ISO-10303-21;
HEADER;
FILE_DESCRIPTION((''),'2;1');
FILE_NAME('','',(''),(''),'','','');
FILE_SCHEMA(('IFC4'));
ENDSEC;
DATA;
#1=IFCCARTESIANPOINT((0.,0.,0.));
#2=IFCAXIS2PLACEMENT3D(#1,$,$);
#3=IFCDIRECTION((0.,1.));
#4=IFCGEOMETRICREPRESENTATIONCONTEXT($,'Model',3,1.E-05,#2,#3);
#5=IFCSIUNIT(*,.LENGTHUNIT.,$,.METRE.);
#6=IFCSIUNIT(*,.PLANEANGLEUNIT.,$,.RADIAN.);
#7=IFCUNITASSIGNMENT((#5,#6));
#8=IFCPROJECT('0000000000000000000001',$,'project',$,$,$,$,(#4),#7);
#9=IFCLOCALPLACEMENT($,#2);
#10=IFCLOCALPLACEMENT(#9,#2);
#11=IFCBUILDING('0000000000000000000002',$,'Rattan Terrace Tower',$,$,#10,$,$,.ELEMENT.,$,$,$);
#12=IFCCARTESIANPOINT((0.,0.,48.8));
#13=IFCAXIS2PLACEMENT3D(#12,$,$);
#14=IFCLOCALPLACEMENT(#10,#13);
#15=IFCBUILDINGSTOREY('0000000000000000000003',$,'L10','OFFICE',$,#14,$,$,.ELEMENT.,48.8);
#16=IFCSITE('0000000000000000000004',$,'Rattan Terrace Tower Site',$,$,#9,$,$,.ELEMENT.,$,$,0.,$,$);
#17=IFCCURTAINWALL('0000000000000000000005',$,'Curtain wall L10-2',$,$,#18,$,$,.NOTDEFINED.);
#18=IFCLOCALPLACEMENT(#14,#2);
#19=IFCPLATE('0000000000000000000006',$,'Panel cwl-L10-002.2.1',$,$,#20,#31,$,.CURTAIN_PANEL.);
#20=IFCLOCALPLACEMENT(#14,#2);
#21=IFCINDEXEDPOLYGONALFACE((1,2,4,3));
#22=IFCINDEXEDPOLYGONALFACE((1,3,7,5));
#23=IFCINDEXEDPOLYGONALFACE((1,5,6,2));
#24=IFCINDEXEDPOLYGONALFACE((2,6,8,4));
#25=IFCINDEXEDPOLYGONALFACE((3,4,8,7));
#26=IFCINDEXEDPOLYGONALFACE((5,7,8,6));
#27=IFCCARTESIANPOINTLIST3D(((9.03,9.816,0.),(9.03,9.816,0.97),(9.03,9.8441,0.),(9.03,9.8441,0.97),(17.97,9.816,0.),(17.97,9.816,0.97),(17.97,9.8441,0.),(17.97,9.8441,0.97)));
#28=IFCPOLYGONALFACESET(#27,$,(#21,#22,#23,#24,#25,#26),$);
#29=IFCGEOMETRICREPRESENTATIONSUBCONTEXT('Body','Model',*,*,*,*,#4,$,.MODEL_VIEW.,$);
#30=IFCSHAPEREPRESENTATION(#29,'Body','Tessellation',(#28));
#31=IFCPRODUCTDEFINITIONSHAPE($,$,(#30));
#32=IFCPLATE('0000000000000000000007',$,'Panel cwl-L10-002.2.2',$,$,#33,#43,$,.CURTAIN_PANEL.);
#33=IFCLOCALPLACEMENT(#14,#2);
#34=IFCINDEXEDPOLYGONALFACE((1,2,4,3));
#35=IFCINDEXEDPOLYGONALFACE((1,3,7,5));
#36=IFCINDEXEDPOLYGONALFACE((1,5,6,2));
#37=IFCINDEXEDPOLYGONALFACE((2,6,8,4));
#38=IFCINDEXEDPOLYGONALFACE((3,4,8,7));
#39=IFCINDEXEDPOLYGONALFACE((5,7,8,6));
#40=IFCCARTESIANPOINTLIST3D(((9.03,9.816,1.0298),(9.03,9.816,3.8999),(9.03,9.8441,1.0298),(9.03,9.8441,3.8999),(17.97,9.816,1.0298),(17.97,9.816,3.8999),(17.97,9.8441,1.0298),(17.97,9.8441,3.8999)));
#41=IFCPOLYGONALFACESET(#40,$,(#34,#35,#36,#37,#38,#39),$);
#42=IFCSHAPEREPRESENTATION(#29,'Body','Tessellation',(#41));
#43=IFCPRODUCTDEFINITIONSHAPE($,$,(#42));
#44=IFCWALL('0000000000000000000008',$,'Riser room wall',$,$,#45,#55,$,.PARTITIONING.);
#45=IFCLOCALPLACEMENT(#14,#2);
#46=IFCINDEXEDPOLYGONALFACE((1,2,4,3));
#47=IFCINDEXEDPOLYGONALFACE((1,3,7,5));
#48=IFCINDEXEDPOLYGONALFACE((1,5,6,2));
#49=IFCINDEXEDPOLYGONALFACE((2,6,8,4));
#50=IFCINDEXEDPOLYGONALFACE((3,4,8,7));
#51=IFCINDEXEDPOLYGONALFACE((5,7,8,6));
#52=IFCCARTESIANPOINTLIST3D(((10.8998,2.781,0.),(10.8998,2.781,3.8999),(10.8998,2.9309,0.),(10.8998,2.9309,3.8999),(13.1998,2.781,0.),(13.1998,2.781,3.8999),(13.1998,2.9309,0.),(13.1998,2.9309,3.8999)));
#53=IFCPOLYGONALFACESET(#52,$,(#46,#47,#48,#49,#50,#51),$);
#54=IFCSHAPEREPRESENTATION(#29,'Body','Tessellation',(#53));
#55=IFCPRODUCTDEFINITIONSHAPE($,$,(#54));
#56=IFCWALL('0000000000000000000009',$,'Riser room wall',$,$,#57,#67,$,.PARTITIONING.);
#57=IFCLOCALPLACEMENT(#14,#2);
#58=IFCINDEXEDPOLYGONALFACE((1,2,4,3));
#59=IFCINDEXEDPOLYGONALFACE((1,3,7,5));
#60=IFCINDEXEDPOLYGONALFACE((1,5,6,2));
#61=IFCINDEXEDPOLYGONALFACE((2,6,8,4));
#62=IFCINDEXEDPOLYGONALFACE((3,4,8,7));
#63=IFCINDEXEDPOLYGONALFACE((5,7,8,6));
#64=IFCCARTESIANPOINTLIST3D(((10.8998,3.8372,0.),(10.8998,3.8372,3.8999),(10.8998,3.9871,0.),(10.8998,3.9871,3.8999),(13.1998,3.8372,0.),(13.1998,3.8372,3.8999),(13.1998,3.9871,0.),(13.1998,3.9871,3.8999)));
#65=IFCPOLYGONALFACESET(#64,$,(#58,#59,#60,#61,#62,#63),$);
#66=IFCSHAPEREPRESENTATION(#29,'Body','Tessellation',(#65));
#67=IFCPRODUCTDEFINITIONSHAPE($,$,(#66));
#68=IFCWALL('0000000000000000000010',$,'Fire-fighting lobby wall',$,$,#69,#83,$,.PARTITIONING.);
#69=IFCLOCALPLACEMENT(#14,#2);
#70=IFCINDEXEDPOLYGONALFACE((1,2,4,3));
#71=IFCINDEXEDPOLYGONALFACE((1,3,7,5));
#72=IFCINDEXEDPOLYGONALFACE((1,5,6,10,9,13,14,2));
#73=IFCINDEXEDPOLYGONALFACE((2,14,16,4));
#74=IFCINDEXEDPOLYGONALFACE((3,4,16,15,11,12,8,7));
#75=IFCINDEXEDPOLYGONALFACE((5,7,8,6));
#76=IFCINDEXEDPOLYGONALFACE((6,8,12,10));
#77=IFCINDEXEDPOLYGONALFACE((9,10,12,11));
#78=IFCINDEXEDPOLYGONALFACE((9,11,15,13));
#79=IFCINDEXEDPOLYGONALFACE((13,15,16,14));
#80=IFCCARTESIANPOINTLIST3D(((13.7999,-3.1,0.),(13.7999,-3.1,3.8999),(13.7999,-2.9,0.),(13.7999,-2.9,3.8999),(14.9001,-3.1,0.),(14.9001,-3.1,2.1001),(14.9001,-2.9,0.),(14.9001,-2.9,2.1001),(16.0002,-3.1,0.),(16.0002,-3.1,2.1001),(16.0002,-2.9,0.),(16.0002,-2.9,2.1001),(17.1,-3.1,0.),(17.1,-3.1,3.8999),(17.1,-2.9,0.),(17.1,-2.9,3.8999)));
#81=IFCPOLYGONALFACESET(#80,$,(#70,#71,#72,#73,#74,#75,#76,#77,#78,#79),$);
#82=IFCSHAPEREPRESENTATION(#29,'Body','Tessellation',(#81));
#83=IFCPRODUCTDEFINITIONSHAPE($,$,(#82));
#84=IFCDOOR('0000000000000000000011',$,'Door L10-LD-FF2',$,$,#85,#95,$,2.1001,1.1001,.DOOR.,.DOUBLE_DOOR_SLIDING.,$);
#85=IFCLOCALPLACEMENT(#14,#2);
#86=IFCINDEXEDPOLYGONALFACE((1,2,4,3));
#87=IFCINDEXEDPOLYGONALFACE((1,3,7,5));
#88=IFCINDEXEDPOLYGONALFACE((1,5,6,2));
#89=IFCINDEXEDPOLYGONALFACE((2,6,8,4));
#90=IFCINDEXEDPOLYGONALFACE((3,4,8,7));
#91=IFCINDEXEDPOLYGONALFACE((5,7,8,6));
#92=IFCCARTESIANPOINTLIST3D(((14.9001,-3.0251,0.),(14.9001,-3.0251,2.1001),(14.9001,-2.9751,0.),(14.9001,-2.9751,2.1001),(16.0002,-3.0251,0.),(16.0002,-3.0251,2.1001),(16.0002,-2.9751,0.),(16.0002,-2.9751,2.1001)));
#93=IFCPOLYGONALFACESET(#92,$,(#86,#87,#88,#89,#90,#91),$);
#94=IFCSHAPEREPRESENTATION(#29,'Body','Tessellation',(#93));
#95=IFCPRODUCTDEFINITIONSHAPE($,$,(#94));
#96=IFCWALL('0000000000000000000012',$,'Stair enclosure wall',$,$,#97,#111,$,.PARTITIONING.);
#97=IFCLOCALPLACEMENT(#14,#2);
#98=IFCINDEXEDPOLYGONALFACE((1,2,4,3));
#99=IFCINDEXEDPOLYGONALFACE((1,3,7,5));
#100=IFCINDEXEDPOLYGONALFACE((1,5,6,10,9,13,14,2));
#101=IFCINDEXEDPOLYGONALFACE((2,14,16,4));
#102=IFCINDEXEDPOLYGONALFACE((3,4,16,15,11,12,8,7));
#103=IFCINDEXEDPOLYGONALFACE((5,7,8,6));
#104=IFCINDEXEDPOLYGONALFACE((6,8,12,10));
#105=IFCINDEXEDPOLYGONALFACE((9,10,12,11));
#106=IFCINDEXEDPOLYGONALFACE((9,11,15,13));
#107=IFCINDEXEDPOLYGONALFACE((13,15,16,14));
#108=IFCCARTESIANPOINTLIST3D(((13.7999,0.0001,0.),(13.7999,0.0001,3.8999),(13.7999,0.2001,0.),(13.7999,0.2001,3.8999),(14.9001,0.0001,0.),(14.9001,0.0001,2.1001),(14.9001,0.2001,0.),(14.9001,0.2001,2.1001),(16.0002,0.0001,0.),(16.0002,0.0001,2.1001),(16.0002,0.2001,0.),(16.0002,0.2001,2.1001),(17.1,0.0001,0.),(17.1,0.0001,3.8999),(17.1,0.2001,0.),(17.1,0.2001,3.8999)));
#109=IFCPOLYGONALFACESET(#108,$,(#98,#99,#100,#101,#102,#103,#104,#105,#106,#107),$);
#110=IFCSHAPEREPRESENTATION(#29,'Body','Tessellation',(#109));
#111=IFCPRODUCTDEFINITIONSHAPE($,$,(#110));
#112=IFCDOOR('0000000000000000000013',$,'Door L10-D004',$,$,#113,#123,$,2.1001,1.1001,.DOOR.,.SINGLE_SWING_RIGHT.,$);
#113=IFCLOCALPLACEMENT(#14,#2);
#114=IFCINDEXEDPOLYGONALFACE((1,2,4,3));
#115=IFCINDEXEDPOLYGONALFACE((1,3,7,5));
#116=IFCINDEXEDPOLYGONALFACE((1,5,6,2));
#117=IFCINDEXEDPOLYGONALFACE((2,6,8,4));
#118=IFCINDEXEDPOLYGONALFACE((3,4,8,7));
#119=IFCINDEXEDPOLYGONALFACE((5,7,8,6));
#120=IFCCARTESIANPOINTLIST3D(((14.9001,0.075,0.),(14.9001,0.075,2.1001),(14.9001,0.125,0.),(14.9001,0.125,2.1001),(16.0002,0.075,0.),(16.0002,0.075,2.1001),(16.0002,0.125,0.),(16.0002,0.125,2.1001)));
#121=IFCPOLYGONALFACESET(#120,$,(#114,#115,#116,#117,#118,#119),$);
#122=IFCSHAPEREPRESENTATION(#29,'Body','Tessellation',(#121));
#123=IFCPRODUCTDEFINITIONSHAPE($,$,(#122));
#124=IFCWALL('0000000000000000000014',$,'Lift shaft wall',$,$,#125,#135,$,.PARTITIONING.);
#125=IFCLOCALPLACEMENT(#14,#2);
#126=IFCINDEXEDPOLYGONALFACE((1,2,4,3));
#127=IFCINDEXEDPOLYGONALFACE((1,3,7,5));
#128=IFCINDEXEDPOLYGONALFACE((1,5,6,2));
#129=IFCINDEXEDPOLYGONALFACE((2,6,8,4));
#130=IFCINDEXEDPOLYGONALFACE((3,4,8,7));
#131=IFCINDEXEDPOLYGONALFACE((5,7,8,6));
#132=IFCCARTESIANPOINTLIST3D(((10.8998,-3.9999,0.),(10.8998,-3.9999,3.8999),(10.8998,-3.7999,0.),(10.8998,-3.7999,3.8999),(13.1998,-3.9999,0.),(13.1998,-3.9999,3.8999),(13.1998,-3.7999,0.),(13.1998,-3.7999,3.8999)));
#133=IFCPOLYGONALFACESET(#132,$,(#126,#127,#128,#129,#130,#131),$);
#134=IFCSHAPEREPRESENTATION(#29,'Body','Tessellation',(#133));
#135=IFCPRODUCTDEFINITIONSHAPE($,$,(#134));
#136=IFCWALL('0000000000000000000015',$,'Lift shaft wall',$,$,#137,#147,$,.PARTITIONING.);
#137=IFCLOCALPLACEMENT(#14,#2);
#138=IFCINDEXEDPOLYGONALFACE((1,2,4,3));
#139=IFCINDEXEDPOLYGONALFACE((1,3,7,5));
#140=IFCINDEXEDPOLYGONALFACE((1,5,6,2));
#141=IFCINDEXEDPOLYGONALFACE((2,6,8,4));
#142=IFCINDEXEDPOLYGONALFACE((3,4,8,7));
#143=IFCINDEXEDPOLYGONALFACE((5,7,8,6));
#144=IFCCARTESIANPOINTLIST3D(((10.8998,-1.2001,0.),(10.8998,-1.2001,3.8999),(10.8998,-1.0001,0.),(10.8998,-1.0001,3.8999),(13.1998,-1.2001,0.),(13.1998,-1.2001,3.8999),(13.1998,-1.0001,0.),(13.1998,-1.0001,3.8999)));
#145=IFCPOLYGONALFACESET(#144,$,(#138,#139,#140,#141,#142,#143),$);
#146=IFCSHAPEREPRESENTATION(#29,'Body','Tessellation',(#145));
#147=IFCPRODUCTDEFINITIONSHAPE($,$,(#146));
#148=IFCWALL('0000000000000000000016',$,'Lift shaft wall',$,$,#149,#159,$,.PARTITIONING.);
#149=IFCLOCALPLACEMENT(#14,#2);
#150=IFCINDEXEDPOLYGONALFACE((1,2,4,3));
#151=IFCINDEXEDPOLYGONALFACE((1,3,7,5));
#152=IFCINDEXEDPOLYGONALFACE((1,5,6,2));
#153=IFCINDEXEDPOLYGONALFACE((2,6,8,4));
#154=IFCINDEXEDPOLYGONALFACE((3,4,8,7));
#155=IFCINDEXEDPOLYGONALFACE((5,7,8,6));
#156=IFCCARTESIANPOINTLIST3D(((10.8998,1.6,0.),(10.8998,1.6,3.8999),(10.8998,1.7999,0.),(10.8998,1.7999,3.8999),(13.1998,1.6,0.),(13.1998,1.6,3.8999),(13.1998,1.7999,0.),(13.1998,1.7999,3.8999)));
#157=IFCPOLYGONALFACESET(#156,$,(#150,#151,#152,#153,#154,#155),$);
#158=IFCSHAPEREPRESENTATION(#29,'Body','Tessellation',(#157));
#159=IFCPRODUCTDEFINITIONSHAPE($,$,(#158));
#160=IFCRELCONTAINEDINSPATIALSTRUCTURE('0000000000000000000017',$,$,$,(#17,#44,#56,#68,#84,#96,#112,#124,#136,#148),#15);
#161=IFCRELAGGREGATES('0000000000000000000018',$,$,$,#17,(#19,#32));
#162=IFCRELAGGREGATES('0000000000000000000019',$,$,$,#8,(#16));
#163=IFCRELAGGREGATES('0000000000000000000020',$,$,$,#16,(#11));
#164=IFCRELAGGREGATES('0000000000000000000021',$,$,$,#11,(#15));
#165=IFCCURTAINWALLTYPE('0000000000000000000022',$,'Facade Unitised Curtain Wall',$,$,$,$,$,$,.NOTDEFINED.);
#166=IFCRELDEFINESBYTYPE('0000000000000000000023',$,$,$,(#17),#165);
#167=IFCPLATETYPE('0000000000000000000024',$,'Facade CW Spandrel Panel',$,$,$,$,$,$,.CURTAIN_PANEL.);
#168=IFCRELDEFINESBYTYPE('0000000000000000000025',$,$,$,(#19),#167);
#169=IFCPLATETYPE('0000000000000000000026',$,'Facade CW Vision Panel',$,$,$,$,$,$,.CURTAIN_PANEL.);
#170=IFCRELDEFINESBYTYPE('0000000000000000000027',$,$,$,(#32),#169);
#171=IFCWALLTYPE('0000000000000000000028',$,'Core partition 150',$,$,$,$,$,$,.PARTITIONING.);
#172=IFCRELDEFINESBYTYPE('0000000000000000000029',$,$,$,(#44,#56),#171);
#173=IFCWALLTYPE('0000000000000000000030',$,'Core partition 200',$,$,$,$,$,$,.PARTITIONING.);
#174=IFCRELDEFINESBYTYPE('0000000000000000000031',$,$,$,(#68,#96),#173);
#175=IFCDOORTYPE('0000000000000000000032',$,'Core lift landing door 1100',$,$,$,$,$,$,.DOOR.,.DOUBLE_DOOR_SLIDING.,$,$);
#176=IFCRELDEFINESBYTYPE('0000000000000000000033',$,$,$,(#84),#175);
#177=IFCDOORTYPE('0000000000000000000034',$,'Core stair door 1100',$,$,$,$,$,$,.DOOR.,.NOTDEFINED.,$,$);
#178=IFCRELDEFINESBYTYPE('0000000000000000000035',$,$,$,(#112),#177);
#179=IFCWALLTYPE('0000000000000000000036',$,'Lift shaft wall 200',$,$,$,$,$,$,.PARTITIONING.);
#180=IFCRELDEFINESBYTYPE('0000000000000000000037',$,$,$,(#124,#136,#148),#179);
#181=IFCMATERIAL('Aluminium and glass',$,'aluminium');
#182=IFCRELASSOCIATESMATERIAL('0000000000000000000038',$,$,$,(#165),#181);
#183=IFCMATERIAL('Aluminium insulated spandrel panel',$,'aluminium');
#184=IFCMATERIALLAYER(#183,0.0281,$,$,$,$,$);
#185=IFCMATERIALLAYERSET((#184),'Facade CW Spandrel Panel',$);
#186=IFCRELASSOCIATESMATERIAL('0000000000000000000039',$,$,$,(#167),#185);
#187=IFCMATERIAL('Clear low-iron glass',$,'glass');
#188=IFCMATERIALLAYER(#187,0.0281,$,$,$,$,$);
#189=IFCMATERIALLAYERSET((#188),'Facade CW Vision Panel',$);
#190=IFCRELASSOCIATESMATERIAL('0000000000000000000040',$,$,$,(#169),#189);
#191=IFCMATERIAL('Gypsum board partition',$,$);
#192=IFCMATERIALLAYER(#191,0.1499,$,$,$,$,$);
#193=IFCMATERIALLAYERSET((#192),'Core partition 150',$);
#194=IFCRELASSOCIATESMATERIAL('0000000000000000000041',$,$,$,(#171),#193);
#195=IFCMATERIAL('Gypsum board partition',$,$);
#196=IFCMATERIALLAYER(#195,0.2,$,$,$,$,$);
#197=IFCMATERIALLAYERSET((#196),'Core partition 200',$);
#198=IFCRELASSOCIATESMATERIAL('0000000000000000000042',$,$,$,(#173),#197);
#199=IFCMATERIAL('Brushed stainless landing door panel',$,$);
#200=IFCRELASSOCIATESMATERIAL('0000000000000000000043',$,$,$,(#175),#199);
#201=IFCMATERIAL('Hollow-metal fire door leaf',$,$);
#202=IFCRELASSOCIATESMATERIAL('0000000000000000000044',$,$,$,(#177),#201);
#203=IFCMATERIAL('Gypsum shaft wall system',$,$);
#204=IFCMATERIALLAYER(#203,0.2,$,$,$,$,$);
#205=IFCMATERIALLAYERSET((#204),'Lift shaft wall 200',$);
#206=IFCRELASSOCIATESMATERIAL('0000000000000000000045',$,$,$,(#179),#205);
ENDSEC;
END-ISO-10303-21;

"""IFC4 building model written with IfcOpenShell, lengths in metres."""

from ifc_helpers import new_model, si_unit, direction, frame, frame_2d, origin, origin_2d, place, context, subcontext, project, spatial, rectangle, extrude, material, layer, layer_set, type_object, element, fill, aggregate, save


model = new_model("IFC4")

# Units and contexts
model_context = context("Model", 3, precision=1e-05, world=origin(), true_north=direction((0.0, 1.0)))
body_context = subcontext(model_context, "Body", "Model", "MODEL_VIEW")
ifc_project = project(units=[si_unit("LENGTHUNIT", "METRE"), si_unit("PLANEANGLEUNIT", "RADIAN")], contexts=[model_context])

# Site, building, storey
site_placement = place(None, origin())
site = spatial("IfcSite", under=ifc_project, at=site_placement, Name="Rattan Terrace Tower Site", CompositionType="ELEMENT", RefElevation=0.0)
building_placement = place(site_placement, origin())
building = spatial("IfcBuilding", under=site, at=building_placement, Name="Rattan Terrace Tower", CompositionType="ELEMENT")
storey_placement = place(building_placement, frame((0.0, 0.0, 48.8)))
storey = spatial("IfcBuildingStorey", under=building, at=storey_placement, Name="L10", Description="OFFICE", CompositionType="ELEMENT", Elevation=48.8)

# Curtain wall
ifc_material_1 = material(Name="Aluminium and glass", Category="aluminium")
curtain_wall_type = type_object("IfcCurtainWallType", Name="Facade Unitised Curtain Wall", PredefinedType="NOTDEFINED", material=ifc_material_1)
curtain_wall_placement = place(storey_placement, origin())
curtain_wall = element("IfcCurtainWall", 1, at=curtain_wall_placement, inside=storey, type_object=curtain_wall_type, Name="Curtain wall L10-2", PredefinedType="NOTDEFINED")

# Plates
ifc_material_2 = material(Name="Aluminium insulated spandrel panel", Category="aluminium")
ifc_layer_1 = layer(ifc_material_2, 0.0281)
ifc_layer_set_1 = layer_set([ifc_layer_1], Name="Facade CW Spandrel Panel")
plate_type_1 = type_object("IfcPlateType", Name="Facade CW Spandrel Panel", PredefinedType="CURTAIN_PANEL", material=ifc_layer_set_1)
plate_1_placement = place(storey_placement, frame((13.5, 9.8301, 0.0), z_axis=(0.0, 0.0, 1.0), x_axis=(-1.0, 0.0, 0.0)))
plate_1 = element("IfcPlate", 2, at=plate_1_placement, type_object=plate_type_1, Name="Panel cwl-L10-002.2.1", PredefinedType="CURTAIN_PANEL", context=body_context, shape_type="SweptSolid", body=[
    extrude(rectangle(XDim=8.9399, YDim=0.0281, at=origin_2d()), origin(), (0.0, 0.0, 1.0), 0.97),
])
ifc_material_3 = material(Name="Clear low-iron glass", Category="glass")
ifc_layer_2 = layer(ifc_material_3, 0.0281)
ifc_layer_set_2 = layer_set([ifc_layer_2], Name="Facade CW Vision Panel")
plate_type_2 = type_object("IfcPlateType", Name="Facade CW Vision Panel", PredefinedType="CURTAIN_PANEL", material=ifc_layer_set_2)
plate_2_placement = place(storey_placement, frame((13.5, 9.8301, 1.0298), z_axis=(0.0, 0.0, 1.0), x_axis=(-1.0, 0.0, 0.0)))
plate_2 = element("IfcPlate", 3, at=plate_2_placement, type_object=plate_type_2, Name="Panel cwl-L10-002.2.2", PredefinedType="CURTAIN_PANEL", context=body_context, shape_type="SweptSolid", body=[
    extrude(rectangle(XDim=8.9399, YDim=0.0281, at=origin_2d()), origin(), (0.0, 0.0, 1.0), 2.8701),
])
aggregate(curtain_wall, [plate_1, plate_2])

# Walls
ifc_material_4 = material(Name="Gypsum board partition")
ifc_layer_3 = layer(ifc_material_4, 0.1499)
ifc_layer_set_3 = layer_set([ifc_layer_3], Name="Core partition 150")
wall_type_1 = type_object("IfcWallType", Name="Core partition 150", PredefinedType="PARTITIONING", material=ifc_layer_set_3)
for number, where, z_axis, x_axis, name in (
    (4, (10.8999, 2.856, 0.0), (0.0, 0.0, 1.0), (1.0, 0.0, 0.0), "Riser room wall"),
    (5, (10.8999, 3.9121, 0.0), (0.0, 0.0, 1.0), (1.0, 0.0, 0.0), "Riser room wall"),
):
    element("IfcWall", number, at=place(storey_placement, frame(where, z_axis=z_axis, x_axis=x_axis)), inside=storey, type_object=wall_type_1, Name=name, PredefinedType="PARTITIONING", context=body_context, shape_type="SweptSolid", body=[
        extrude(rectangle(XDim=2.3, YDim=0.1499, at=frame_2d((1.1499, 0.0))), origin(), (0.0, 0.0, 1.0), 3.8999),
    ])

# Walls, openings, doors
ifc_material_5 = material(Name="Gypsum board partition")
ifc_layer_4 = layer(ifc_material_5, 0.2)
ifc_layer_set_4 = layer_set([ifc_layer_4], Name="Core partition 200")
wall_type_2 = type_object("IfcWallType", Name="Core partition 200", PredefinedType="PARTITIONING", material=ifc_layer_set_4)
wall_1_placement = place(storey_placement, frame((13.8, -3.0, 0.0), z_axis=(0.0, 0.0, 1.0), x_axis=(1.0, 0.0, 0.0)))
wall_1 = element("IfcWall", 6, at=wall_1_placement, inside=storey, type_object=wall_type_2, Name="Fire-fighting lobby wall", PredefinedType="PARTITIONING", context=body_context, shape_type="SweptSolid", body=[
    extrude(rectangle(XDim=3.3, YDim=0.2, at=frame_2d((1.6499, 0.0))), origin(), (0.0, 0.0, 1.0), 3.8999),
])
opening_1_placement = place(wall_1_placement, frame((1.1001, 0.0, 0.0)))
opening_1 = element("IfcOpeningElement", 7, at=opening_1_placement, cuts=wall_1, PredefinedType="OPENING", context=body_context, shape_type="SweptSolid", body=[
    extrude(rectangle(XDim=1.1001, YDim=2.1001, at=frame_2d((0.55, 1.05))), frame((0.0, 0.1106, 0.0), z_axis=(0.0, -1.0, 0.0), x_axis=(1.0, 0.0, 0.0)), (0.0, 0.0, 1.0), 0.2209),
])
ifc_material_6 = material(Name="Brushed stainless landing door panel")
door_type_1 = type_object("IfcDoorType", Name="Core lift landing door 1100", OperationType="DOUBLE_DOOR_SLIDING", PredefinedType="DOOR", material=ifc_material_6)
door_1_placement = place(opening_1_placement, origin())
door_1 = element("IfcDoor", 8, at=door_1_placement, inside=storey, type_object=door_type_1, Name="Door L10-LD-FF2", OperationType="DOUBLE_DOOR_SLIDING", OverallHeight=2.1001, OverallWidth=1.1001, PredefinedType="DOOR", context=body_context, shape_type="SweptSolid", body=[
    extrude(rectangle(XDim=1.1001, YDim=2.1001, at=frame_2d((0.55, 1.05))), frame((0.0, 0.0249, 0.0), z_axis=(0.0, -1.0, 0.0), x_axis=(1.0, 0.0, 0.0)), (0.0, 0.0, 1.0), 0.05),
])
fill(opening_1, door_1)
wall_2_placement = place(storey_placement, frame((13.8, 0.1001, 0.0), z_axis=(0.0, 0.0, 1.0), x_axis=(1.0, 0.0, 0.0)))
wall_2 = element("IfcWall", 9, at=wall_2_placement, inside=storey, type_object=wall_type_2, Name="Stair enclosure wall", PredefinedType="PARTITIONING", context=body_context, shape_type="SweptSolid", body=[
    extrude(rectangle(XDim=3.3, YDim=0.2, at=frame_2d((1.6499, 0.0))), origin(), (0.0, 0.0, 1.0), 3.8999),
])
opening_2_placement = place(wall_2_placement, frame((1.1001, 0.0, 0.0)))
opening_2 = element("IfcOpeningElement", 10, at=opening_2_placement, cuts=wall_2, PredefinedType="OPENING", context=body_context, shape_type="SweptSolid", body=[
    extrude(rectangle(XDim=1.1001, YDim=2.1001, at=frame_2d((0.55, 1.05))), frame((0.0, 0.1106, 0.0), z_axis=(0.0, -1.0, 0.0), x_axis=(1.0, 0.0, 0.0)), (0.0, 0.0, 1.0), 0.2209),
])
ifc_material_7 = material(Name="Hollow-metal fire door leaf")
door_type_2 = type_object("IfcDoorType", Name="Core stair door 1100", OperationType="NOTDEFINED", PredefinedType="DOOR", material=ifc_material_7)
door_2_placement = place(opening_2_placement, origin())
door_2 = element("IfcDoor", 11, at=door_2_placement, inside=storey, type_object=door_type_2, Name="Door L10-D004", OperationType="SINGLE_SWING_RIGHT", OverallHeight=2.1001, OverallWidth=1.1001, PredefinedType="DOOR", context=body_context, shape_type="SweptSolid", body=[
    extrude(rectangle(XDim=1.1001, YDim=2.1001, at=frame_2d((0.55, 1.05))), frame((0.0, 0.0249, 0.0), z_axis=(0.0, -1.0, 0.0), x_axis=(1.0, 0.0, 0.0)), (0.0, 0.0, 1.0), 0.05),
])
fill(opening_2, door_2)

# Walls
ifc_material_8 = material(Name="Gypsum shaft wall system")
ifc_layer_5 = layer(ifc_material_8, 0.2)
ifc_layer_set_5 = layer_set([ifc_layer_5], Name="Lift shaft wall 200")
wall_type_3 = type_object("IfcWallType", Name="Lift shaft wall 200", PredefinedType="PARTITIONING", material=ifc_layer_set_5)
for number, where, z_axis, x_axis, name in (
    (12, (10.8999, -3.8999, 0.0), (0.0, 0.0, 1.0), (1.0, 0.0, 0.0), "Lift shaft wall"),
    (13, (10.8999, -1.1001, 0.0), (0.0, 0.0, 1.0), (1.0, 0.0, 0.0), "Lift shaft wall"),
    (14, (10.8999, 1.7, 0.0), (0.0, 0.0, 1.0), (1.0, 0.0, 0.0), "Lift shaft wall"),
):
    element("IfcWall", number, at=place(storey_placement, frame(where, z_axis=z_axis, x_axis=x_axis)), inside=storey, type_object=wall_type_3, Name=name, PredefinedType="PARTITIONING", context=body_context, shape_type="SweptSolid", body=[
        extrude(rectangle(XDim=2.3, YDim=0.2, at=frame_2d((1.1499, 0.0))), origin(), (0.0, 0.0, 1.0), 3.8999),
    ])

save(model, "model.ifc")
